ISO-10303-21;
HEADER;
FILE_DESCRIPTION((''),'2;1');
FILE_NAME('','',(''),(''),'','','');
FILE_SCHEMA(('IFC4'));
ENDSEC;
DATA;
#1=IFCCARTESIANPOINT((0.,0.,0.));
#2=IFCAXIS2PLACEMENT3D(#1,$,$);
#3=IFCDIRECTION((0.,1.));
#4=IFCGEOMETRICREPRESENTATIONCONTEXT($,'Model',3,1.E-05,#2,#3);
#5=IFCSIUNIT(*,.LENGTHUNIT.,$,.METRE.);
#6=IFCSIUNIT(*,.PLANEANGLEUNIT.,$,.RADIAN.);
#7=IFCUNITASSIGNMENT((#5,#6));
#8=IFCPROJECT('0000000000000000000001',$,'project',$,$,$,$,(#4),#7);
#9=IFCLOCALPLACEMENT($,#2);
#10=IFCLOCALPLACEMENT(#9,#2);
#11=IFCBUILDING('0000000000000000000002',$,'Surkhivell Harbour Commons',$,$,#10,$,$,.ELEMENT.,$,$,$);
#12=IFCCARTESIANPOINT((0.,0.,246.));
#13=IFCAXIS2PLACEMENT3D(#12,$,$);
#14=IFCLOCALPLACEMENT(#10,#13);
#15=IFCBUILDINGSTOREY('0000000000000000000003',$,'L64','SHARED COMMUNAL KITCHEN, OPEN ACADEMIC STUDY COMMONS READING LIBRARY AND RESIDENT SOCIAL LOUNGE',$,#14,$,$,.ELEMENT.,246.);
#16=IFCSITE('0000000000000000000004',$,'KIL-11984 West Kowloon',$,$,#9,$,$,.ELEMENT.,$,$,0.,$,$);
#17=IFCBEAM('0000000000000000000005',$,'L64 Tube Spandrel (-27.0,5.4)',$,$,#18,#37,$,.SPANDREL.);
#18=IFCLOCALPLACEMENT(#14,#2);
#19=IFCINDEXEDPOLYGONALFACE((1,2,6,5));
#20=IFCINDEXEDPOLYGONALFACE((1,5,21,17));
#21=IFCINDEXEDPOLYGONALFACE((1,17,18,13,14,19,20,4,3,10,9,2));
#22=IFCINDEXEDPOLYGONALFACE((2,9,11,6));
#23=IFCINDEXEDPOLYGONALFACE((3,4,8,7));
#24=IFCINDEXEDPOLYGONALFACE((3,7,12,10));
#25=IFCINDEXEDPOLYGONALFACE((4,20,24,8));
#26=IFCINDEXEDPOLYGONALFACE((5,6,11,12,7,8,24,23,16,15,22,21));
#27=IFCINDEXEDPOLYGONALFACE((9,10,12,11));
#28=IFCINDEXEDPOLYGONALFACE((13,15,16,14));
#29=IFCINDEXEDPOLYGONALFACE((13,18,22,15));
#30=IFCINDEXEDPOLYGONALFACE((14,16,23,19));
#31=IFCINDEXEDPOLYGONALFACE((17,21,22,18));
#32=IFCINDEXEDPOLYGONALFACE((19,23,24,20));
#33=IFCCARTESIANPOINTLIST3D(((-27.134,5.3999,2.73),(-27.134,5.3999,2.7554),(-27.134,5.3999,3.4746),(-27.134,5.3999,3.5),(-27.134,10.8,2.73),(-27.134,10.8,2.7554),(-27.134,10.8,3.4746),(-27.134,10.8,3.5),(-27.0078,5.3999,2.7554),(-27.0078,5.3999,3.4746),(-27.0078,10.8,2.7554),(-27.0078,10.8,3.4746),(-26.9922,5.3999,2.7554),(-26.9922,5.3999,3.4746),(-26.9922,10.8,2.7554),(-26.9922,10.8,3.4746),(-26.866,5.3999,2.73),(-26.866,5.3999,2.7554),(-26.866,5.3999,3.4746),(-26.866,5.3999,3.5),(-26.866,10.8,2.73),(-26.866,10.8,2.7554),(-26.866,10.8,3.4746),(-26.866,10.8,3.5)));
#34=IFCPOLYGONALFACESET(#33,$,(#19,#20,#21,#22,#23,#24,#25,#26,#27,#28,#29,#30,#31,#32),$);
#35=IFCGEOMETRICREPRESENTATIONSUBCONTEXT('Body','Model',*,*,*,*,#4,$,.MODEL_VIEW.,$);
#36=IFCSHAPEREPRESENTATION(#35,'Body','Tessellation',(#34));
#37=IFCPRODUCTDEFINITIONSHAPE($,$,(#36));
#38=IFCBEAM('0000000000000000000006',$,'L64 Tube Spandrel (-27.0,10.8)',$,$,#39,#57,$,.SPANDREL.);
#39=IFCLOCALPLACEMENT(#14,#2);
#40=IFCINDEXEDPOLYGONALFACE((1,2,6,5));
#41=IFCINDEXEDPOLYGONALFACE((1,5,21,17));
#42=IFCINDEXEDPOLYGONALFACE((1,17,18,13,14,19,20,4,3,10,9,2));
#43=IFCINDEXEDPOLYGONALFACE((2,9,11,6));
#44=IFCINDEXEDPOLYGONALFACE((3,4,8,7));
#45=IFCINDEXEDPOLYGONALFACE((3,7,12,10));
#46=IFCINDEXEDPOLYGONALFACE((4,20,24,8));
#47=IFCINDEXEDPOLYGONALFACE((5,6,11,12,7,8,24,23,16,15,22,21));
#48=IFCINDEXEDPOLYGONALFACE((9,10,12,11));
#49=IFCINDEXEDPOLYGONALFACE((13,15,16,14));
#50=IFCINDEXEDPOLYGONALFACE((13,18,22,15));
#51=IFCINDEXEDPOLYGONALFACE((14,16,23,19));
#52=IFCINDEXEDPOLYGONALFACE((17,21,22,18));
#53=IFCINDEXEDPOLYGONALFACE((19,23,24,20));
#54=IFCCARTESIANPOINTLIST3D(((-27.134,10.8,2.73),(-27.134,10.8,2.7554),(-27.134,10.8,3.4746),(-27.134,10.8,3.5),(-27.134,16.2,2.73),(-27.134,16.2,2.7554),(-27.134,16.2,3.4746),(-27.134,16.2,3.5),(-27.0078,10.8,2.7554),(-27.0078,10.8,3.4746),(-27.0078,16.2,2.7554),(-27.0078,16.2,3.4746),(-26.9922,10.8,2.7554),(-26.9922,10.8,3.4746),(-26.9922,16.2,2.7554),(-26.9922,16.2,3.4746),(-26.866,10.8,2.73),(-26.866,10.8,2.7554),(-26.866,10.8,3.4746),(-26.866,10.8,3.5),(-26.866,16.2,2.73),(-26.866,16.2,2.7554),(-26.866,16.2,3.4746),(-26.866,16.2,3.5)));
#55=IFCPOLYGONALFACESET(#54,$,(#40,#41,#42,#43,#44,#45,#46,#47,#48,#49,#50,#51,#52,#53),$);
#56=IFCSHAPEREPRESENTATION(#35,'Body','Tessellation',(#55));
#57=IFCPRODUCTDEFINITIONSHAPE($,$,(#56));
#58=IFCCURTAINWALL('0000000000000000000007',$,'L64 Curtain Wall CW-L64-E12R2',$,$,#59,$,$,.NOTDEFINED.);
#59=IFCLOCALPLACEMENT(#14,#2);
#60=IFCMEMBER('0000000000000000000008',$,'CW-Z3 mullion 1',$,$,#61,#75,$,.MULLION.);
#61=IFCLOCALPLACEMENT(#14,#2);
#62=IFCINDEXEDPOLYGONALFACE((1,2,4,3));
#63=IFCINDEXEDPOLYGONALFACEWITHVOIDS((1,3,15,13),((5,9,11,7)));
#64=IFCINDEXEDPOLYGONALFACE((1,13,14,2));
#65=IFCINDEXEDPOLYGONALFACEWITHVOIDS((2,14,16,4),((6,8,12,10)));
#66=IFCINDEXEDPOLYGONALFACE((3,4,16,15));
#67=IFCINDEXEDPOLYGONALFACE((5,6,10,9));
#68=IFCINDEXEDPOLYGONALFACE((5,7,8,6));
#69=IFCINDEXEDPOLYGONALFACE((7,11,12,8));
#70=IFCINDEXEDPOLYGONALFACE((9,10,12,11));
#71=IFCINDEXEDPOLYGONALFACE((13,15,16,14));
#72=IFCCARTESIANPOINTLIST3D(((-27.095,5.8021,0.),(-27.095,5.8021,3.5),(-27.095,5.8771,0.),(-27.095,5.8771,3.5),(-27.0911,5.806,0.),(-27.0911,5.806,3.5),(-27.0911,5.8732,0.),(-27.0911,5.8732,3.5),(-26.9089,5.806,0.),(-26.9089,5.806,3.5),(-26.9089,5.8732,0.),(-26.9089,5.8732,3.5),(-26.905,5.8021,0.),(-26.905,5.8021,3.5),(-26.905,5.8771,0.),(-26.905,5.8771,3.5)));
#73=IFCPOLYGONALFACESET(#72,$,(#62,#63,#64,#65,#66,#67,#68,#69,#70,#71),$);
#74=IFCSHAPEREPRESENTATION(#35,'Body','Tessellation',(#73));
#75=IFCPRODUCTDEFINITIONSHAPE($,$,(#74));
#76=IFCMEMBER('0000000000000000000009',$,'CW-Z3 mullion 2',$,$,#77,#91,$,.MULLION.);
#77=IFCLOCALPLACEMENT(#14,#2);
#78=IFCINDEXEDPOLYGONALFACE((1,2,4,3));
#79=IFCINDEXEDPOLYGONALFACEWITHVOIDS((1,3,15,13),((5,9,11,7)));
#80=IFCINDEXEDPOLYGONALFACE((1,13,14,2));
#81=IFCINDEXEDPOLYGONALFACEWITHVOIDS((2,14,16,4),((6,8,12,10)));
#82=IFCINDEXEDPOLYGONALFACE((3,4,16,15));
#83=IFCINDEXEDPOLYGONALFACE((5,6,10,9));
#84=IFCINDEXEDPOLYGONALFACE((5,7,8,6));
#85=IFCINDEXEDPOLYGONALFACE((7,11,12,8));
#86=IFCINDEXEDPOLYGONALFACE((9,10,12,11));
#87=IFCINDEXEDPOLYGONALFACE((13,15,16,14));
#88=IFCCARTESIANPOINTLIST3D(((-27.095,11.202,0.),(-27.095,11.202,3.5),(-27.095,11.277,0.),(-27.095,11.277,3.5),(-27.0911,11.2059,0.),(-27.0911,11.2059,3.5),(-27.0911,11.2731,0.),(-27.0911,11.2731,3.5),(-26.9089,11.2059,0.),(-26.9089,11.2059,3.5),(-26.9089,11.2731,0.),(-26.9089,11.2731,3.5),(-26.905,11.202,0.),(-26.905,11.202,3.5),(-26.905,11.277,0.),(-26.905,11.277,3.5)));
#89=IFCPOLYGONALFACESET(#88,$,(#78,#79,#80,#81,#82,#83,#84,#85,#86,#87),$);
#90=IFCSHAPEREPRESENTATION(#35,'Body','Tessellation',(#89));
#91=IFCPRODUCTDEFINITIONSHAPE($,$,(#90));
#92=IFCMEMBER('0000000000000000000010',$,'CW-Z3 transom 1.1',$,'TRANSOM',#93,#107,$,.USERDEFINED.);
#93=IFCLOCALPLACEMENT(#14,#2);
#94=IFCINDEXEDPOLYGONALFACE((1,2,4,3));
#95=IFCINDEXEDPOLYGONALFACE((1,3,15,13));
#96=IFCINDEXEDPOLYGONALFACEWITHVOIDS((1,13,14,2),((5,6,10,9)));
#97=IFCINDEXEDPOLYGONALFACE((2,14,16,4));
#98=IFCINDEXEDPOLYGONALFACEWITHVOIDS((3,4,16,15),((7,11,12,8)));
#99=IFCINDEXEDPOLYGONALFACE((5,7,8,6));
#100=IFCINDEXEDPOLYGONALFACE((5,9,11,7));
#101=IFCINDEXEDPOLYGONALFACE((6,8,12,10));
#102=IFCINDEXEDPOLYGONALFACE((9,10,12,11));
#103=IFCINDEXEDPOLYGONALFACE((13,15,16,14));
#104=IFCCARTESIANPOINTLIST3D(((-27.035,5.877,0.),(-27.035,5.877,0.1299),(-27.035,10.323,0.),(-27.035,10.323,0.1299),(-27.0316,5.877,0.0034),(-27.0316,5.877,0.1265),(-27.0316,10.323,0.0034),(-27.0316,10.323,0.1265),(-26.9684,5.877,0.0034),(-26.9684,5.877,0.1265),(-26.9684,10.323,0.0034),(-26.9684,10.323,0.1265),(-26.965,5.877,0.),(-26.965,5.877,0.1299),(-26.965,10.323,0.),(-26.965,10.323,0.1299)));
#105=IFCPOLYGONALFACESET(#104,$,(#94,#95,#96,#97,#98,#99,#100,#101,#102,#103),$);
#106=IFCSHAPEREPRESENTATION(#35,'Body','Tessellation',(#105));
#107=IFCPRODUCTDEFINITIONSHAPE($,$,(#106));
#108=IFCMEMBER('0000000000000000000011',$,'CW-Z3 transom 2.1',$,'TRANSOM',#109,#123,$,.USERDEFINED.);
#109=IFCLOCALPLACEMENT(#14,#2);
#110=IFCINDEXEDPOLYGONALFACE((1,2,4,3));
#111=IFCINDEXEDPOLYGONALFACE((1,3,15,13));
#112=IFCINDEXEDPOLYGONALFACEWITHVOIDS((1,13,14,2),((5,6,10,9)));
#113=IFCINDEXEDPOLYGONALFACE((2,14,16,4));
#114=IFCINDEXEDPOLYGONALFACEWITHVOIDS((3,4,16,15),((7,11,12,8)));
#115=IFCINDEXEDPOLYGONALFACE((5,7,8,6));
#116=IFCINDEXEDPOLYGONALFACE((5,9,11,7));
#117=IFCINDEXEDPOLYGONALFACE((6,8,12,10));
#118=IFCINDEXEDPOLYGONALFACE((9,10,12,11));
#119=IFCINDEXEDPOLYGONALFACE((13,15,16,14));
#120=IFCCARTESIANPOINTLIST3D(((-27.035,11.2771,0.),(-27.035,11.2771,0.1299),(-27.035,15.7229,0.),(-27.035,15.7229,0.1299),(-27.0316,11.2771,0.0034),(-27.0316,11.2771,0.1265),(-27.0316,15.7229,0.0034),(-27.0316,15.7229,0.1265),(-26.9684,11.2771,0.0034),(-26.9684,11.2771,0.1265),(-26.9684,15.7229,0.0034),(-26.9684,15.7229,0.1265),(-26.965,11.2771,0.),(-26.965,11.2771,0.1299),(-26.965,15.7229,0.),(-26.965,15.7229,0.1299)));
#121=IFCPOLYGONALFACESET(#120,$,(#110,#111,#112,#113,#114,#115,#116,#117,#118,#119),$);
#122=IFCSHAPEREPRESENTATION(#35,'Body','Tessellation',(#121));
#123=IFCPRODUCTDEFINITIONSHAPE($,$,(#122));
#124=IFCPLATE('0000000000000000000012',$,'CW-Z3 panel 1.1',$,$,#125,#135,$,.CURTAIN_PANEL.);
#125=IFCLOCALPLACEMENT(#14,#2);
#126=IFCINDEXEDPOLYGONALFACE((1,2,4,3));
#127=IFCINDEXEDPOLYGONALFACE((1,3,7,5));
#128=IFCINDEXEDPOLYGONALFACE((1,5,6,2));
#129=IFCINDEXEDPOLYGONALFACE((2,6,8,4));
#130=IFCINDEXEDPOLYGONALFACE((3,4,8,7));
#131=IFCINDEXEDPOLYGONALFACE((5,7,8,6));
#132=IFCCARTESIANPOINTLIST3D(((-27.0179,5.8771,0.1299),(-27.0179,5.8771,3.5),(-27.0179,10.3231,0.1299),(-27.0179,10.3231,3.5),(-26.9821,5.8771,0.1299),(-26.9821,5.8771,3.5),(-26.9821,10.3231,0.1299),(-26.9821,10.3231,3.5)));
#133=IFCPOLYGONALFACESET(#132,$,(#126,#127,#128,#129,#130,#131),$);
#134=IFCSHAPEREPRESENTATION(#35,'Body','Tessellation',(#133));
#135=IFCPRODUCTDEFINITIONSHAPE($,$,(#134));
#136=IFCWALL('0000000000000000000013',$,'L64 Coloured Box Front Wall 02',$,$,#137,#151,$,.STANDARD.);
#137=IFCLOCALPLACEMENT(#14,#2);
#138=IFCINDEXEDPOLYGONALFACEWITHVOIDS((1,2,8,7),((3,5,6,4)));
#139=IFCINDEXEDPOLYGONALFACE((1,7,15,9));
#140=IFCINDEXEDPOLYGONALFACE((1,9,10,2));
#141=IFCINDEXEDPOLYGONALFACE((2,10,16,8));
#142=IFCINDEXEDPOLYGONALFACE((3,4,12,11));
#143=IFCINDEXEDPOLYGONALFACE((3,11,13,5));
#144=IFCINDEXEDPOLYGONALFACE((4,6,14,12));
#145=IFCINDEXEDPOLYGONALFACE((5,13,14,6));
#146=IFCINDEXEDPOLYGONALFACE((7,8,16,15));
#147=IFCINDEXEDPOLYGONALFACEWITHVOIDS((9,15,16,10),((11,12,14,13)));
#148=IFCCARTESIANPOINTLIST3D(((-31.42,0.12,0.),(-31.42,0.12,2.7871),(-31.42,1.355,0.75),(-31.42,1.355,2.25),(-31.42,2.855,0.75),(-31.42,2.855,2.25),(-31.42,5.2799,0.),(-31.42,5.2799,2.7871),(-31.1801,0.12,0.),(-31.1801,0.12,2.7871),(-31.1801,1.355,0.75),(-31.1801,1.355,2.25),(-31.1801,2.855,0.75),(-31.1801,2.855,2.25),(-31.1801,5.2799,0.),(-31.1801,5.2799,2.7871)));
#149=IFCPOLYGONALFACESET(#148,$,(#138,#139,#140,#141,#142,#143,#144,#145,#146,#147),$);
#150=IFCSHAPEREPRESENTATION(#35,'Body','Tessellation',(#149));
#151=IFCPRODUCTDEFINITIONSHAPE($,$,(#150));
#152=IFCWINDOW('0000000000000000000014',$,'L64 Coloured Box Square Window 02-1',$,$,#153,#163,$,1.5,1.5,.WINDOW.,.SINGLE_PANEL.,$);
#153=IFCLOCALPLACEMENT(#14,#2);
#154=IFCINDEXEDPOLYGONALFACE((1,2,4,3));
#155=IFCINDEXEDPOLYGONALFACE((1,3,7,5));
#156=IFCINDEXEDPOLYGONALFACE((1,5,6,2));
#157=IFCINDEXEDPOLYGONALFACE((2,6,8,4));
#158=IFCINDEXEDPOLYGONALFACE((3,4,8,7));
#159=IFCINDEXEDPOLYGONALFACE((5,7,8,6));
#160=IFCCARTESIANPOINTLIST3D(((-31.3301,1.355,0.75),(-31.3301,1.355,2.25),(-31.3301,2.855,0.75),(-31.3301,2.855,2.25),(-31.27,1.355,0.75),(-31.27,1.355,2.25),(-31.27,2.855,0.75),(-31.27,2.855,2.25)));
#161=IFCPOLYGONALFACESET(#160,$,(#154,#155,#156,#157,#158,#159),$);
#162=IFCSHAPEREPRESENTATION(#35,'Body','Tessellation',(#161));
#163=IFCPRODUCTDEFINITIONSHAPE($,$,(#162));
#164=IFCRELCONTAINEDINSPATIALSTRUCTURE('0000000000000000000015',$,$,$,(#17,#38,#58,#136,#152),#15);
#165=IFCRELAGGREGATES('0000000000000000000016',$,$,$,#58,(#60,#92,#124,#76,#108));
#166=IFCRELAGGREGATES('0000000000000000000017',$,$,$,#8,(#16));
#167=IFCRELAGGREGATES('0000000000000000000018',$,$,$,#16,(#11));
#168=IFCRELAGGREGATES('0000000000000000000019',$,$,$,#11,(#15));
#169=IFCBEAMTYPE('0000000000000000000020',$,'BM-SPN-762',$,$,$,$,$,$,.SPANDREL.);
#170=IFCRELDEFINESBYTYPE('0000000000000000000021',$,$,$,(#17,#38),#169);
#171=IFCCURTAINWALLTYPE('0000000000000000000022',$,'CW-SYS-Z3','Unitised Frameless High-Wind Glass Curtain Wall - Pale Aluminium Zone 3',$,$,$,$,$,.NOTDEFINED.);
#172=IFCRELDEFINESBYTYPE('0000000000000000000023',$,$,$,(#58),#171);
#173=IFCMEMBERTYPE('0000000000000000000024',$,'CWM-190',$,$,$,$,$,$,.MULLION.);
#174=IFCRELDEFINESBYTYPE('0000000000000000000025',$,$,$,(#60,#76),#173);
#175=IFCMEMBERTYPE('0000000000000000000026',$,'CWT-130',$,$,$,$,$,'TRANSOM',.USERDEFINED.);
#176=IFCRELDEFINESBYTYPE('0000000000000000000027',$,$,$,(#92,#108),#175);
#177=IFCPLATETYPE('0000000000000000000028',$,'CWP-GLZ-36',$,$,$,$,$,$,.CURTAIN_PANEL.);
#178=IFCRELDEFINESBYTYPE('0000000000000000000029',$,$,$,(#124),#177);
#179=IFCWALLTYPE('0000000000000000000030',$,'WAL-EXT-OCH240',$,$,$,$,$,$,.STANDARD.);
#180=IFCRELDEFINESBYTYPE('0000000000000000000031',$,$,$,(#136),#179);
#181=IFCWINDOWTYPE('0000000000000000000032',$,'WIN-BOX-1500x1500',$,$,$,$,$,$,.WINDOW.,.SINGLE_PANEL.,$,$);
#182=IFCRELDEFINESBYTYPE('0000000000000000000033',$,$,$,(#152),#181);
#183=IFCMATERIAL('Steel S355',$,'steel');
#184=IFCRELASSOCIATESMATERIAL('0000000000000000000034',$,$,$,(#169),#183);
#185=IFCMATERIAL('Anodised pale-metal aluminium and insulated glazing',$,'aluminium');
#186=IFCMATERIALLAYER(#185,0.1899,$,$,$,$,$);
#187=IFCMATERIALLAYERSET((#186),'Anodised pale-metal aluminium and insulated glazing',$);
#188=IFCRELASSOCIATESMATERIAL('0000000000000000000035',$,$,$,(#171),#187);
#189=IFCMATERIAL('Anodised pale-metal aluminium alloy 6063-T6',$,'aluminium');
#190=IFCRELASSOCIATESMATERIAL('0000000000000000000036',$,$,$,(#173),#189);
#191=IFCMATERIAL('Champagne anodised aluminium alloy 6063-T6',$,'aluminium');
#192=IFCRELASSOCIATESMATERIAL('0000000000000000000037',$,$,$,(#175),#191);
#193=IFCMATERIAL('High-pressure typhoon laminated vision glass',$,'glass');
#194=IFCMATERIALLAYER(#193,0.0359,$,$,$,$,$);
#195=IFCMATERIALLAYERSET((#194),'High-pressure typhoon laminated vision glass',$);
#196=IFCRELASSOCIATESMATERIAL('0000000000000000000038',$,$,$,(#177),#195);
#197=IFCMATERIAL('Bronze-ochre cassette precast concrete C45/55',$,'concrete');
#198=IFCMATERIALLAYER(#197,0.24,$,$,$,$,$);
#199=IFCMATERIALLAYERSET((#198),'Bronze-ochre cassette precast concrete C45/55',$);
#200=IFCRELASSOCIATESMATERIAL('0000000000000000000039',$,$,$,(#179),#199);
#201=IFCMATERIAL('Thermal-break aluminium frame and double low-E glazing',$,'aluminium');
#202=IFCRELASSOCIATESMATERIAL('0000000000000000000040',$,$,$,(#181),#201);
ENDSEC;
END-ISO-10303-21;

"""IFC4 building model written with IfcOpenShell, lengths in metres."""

from ifc_helpers import new_model, si_unit, direction, frame, frame_2d, origin, origin_2d, place, context, subcontext, project, spatial, rectangle, hollow_rectangle, i_section, extrude, material, layer, layer_set, material_profile, profile_set, type_object, element, fill, aggregate, save


model = new_model("IFC4")

# Units and contexts
model_context = context("Model", 3, precision=1e-05, world=origin(), true_north=direction((0.0, 1.0)))
body_context = subcontext(model_context, "Body", "Model", "MODEL_VIEW")
ifc_project = project(units=[si_unit("LENGTHUNIT", "METRE"), si_unit("PLANEANGLEUNIT", "RADIAN")], contexts=[model_context])

# Site, building, storey
site_placement = place(None, origin())
site = spatial("IfcSite", under=ifc_project, at=site_placement, Name="KIL-11984 West Kowloon", CompositionType="ELEMENT", RefElevation=0.0)
building_placement = place(site_placement, origin())
building = spatial("IfcBuilding", under=site, at=building_placement, Name="Surkhivell Harbour Commons", CompositionType="ELEMENT")
storey_placement = place(building_placement, frame((0.0, 0.0, 246.0)))
storey = spatial("IfcBuildingStorey", under=building, at=storey_placement, Name="L64", Description="SHARED COMMUNAL KITCHEN, OPEN ACADEMIC STUDY COMMONS READING LIBRARY AND RESIDENT SOCIAL LOUNGE", CompositionType="ELEMENT", Elevation=246.0)

# Beams
ifc_material_1 = material(Name="Steel S355", Category="steel")
ifc_material_profile_1 = material_profile(ifc_material_1, i_section(OverallWidth=0.2681, OverallDepth=0.77, WebThickness=0.0156, FlangeThickness=0.0254, at=origin_2d()), Name="UB762x267x197")
ifc_profile_set_1 = profile_set([ifc_material_profile_1], Name="Steel S355")
beam_type_1 = type_object("IfcBeamType", Name="BM-SPN-762", PredefinedType="SPANDREL", material=ifc_profile_set_1)
beam_1_placement = place(storey_placement, frame((-27.0, 5.3999, 3.115), z_axis=(0.0, 1.0, 0.0), x_axis=(-1.0, 0.0, 0.0)))
element("IfcBeam", 1, at=beam_1_placement, inside=storey, type_object=beam_type_1, Name="L64 Tube Spandrel (-27.0,5.4)", PredefinedType="SPANDREL", context=body_context, shape_type="SweptSolid", body=[
    extrude(i_section(OverallWidth=0.2681, OverallDepth=0.77, WebThickness=0.0156, FlangeThickness=0.0254, at=origin_2d()), origin(), (0.0, 0.0, 1.0), 5.4001),
])
beam_2_placement = place(storey_placement, frame((-27.0, 10.8, 3.115), z_axis=(0.0, 1.0, 0.0), x_axis=(-1.0, 0.0, 0.0)))
element("IfcBeam", 2, at=beam_2_placement, inside=storey, type_object=beam_type_1, Name="L64 Tube Spandrel (-27.0,10.8)", PredefinedType="SPANDREL", context=body_context, shape_type="SweptSolid", body=[
    extrude(i_section(OverallWidth=0.2681, OverallDepth=0.77, WebThickness=0.0156, FlangeThickness=0.0254, at=origin_2d()), origin(), (0.0, 0.0, 1.0), 5.3999),
])

# Curtain wall, members, plate
ifc_material_2 = material(Name="Anodised pale-metal aluminium and insulated glazing", Category="aluminium")
ifc_layer_1 = layer(ifc_material_2, 0.1899)
ifc_layer_set_1 = layer_set([ifc_layer_1], Name="Anodised pale-metal aluminium and insulated glazing")
curtain_wall_type = type_object("IfcCurtainWallType", Name="CW-SYS-Z3", Description="Unitised Frameless High-Wind Glass Curtain Wall - Pale Aluminium Zone 3", PredefinedType="NOTDEFINED", material=ifc_layer_set_1)
curtain_wall_placement = place(storey_placement, origin())
curtain_wall = element("IfcCurtainWall", 3, at=curtain_wall_placement, inside=storey, type_object=curtain_wall_type, Name="L64 Curtain Wall CW-L64-E12R2", PredefinedType="NOTDEFINED")
ifc_material_3 = material(Name="Anodised pale-metal aluminium alloy 6063-T6", Category="aluminium")
ifc_material_profile_2 = material_profile(ifc_material_3, hollow_rectangle(XDim=0.075, YDim=0.1899, WallThickness=0.0039, at=origin_2d()), Name="ALU-MULL-75x190")
ifc_profile_set_2 = profile_set([ifc_material_profile_2], Name="Anodised pale-metal aluminium alloy 6063-T6")
member_type_1 = type_object("IfcMemberType", Name="CWM-190", PredefinedType="MULLION", material=ifc_profile_set_2)
member_1_placement = place(storey_placement, frame((-27.0, 5.8396, 0.0), z_axis=(0.0, 0.0, 1.0), x_axis=(0.0, 1.0, 0.0)))
member_1 = element("IfcMember", 4, at=member_1_placement, type_object=member_type_1, Name="CW-Z3 mullion 1", PredefinedType="MULLION", context=body_context, shape_type="SweptSolid", body=[
    extrude(hollow_rectangle(XDim=0.075, YDim=0.1899, WallThickness=0.0039, at=origin_2d()), origin(), (0.0, 0.0, 1.0), 3.5),
])
member_2_placement = place(storey_placement, frame((-27.0, 11.2395, 0.0), z_axis=(0.0, 0.0, 1.0), x_axis=(0.0, 1.0, 0.0)))
member_2 = element("IfcMember", 5, at=member_2_placement, type_object=member_type_1, Name="CW-Z3 mullion 2", PredefinedType="MULLION", context=body_context, shape_type="SweptSolid", body=[
    extrude(hollow_rectangle(XDim=0.075, YDim=0.1899, WallThickness=0.0039, at=origin_2d()), origin(), (0.0, 0.0, 1.0), 3.5),
])
ifc_material_4 = material(Name="Champagne anodised aluminium alloy 6063-T6", Category="aluminium")
ifc_material_profile_3 = material_profile(ifc_material_4, hollow_rectangle(XDim=0.0701, YDim=0.1299, WallThickness=0.0034, at=origin_2d()), Name="ALU-TRAN-70x130")
ifc_profile_set_3 = profile_set([ifc_material_profile_3], Name="Champagne anodised aluminium alloy 6063-T6")
member_type_2 = type_object("IfcMemberType", Name="CWT-130", ElementType="TRANSOM", PredefinedType="USERDEFINED", material=ifc_profile_set_3)
member_3_placement = place(storey_placement, frame((-27.0, 5.877, 0.0649), z_axis=(0.0, 1.0, 0.0), x_axis=(-1.0, 0.0, 0.0)))
member_3 = element("IfcMember", 6, at=member_3_placement, type_object=member_type_2, Name="CW-Z3 transom 1.1", ObjectType="TRANSOM", PredefinedType="USERDEFINED", context=body_context, shape_type="SweptSolid", body=[
    extrude(hollow_rectangle(XDim=0.0701, YDim=0.1299, WallThickness=0.0034, at=origin_2d()), origin(), (0.0, 0.0, 1.0), 4.446),
])
member_4_placement = place(storey_placement, frame((-27.0, 11.2771, 0.0649), z_axis=(0.0, 1.0, 0.0), x_axis=(-1.0, 0.0, 0.0)))
member_4 = element("IfcMember", 7, at=member_4_placement, type_object=member_type_2, Name="CW-Z3 transom 2.1", ObjectType="TRANSOM", PredefinedType="USERDEFINED", context=body_context, shape_type="SweptSolid", body=[
    extrude(hollow_rectangle(XDim=0.0701, YDim=0.1299, WallThickness=0.0034, at=origin_2d()), origin(), (0.0, 0.0, 1.0), 4.4458),
])
ifc_material_5 = material(Name="High-pressure typhoon laminated vision glass", Category="glass")
ifc_layer_2 = layer(ifc_material_5, 0.0359)
ifc_layer_set_2 = layer_set([ifc_layer_2], Name="High-pressure typhoon laminated vision glass")
plate_type = type_object("IfcPlateType", Name="CWP-GLZ-36", PredefinedType="CURTAIN_PANEL", material=ifc_layer_set_2)
plate_placement = place(storey_placement, frame((-27.0, 5.877, 0.1299), z_axis=(0.0, 0.0, 1.0), x_axis=(0.0, 1.0, 0.0)))
plate = element("IfcPlate", 8, at=plate_placement, type_object=plate_type, Name="CW-Z3 panel 1.1", PredefinedType="CURTAIN_PANEL", context=body_context, shape_type="SweptSolid", body=[
    extrude(rectangle(XDim=4.446, YDim=0.0359, at=frame_2d((2.2231, 0.0))), origin(), (0.0, 0.0, 1.0), 3.3701),
])
aggregate(curtain_wall, [member_1, member_3, plate, member_2, member_4])

# Wall, opening, window
ifc_material_6 = material(Name="Bronze-ochre cassette precast concrete C45/55", Category="concrete")
ifc_layer_3 = layer(ifc_material_6, 0.24)
ifc_layer_set_3 = layer_set([ifc_layer_3], Name="Bronze-ochre cassette precast concrete C45/55")
wall_type_1 = type_object("IfcWallType", Name="WAL-EXT-OCH240", PredefinedType="STANDARD", material=ifc_layer_set_3)
wall_1_placement = place(storey_placement, frame((-31.3, 5.28, 0.0), z_axis=(0.0, 0.0, 1.0), x_axis=(0.0, -1.0, 0.0)))
wall_1 = element("IfcWall", 9, at=wall_1_placement, inside=storey, type_object=wall_type_1, Name="L64 Coloured Box Front Wall 02", PredefinedType="STANDARD", context=body_context, shape_type="SweptSolid", body=[
    extrude(rectangle(XDim=5.1599, YDim=0.24, at=frame_2d((2.5801, 0.0))), origin(), (0.0, 0.0, 1.0), 2.7871),
])
opening_1_placement = place(wall_1_placement, frame((2.425, 0.0, 0.75)))
opening_1 = element("IfcOpeningElement", 10, at=opening_1_placement, cuts=wall_1, PredefinedType="OPENING", context=body_context, shape_type="SweptSolid", body=[
    extrude(rectangle(XDim=1.5, YDim=1.5, at=frame_2d((0.75, 0.75))), frame((0.0, 0.1299, 0.0), z_axis=(0.0, -1.0, 0.0), x_axis=(1.0, 0.0, 0.0)), (0.0, 0.0, 1.0), 0.26),
])
ifc_material_7 = material(Name="Thermal-break aluminium frame and double low-E glazing", Category="aluminium")
window_type_1 = type_object("IfcWindowType", Name="WIN-BOX-1500x1500", PartitioningType="SINGLE_PANEL", PredefinedType="WINDOW", material=ifc_material_7)
window_1_placement = place(opening_1_placement, origin())
window_1 = element("IfcWindow", 11, at=window_1_placement, inside=storey, type_object=window_type_1, Name="L64 Coloured Box Square Window 02-1", OverallHeight=1.5, OverallWidth=1.5, PartitioningType="SINGLE_PANEL", PredefinedType="WINDOW", context=body_context, shape_type="SweptSolid", body=[
    extrude(rectangle(XDim=1.5, YDim=1.5, at=frame_2d((0.75, 0.75))), frame((0.0, 0.03, 0.0), z_axis=(0.0, -1.0, 0.0), x_axis=(1.0, 0.0, 0.0)), (0.0, 0.0, 1.0), 0.0601),
])
fill(opening_1, window_1)

save(model, "model.ifc")
